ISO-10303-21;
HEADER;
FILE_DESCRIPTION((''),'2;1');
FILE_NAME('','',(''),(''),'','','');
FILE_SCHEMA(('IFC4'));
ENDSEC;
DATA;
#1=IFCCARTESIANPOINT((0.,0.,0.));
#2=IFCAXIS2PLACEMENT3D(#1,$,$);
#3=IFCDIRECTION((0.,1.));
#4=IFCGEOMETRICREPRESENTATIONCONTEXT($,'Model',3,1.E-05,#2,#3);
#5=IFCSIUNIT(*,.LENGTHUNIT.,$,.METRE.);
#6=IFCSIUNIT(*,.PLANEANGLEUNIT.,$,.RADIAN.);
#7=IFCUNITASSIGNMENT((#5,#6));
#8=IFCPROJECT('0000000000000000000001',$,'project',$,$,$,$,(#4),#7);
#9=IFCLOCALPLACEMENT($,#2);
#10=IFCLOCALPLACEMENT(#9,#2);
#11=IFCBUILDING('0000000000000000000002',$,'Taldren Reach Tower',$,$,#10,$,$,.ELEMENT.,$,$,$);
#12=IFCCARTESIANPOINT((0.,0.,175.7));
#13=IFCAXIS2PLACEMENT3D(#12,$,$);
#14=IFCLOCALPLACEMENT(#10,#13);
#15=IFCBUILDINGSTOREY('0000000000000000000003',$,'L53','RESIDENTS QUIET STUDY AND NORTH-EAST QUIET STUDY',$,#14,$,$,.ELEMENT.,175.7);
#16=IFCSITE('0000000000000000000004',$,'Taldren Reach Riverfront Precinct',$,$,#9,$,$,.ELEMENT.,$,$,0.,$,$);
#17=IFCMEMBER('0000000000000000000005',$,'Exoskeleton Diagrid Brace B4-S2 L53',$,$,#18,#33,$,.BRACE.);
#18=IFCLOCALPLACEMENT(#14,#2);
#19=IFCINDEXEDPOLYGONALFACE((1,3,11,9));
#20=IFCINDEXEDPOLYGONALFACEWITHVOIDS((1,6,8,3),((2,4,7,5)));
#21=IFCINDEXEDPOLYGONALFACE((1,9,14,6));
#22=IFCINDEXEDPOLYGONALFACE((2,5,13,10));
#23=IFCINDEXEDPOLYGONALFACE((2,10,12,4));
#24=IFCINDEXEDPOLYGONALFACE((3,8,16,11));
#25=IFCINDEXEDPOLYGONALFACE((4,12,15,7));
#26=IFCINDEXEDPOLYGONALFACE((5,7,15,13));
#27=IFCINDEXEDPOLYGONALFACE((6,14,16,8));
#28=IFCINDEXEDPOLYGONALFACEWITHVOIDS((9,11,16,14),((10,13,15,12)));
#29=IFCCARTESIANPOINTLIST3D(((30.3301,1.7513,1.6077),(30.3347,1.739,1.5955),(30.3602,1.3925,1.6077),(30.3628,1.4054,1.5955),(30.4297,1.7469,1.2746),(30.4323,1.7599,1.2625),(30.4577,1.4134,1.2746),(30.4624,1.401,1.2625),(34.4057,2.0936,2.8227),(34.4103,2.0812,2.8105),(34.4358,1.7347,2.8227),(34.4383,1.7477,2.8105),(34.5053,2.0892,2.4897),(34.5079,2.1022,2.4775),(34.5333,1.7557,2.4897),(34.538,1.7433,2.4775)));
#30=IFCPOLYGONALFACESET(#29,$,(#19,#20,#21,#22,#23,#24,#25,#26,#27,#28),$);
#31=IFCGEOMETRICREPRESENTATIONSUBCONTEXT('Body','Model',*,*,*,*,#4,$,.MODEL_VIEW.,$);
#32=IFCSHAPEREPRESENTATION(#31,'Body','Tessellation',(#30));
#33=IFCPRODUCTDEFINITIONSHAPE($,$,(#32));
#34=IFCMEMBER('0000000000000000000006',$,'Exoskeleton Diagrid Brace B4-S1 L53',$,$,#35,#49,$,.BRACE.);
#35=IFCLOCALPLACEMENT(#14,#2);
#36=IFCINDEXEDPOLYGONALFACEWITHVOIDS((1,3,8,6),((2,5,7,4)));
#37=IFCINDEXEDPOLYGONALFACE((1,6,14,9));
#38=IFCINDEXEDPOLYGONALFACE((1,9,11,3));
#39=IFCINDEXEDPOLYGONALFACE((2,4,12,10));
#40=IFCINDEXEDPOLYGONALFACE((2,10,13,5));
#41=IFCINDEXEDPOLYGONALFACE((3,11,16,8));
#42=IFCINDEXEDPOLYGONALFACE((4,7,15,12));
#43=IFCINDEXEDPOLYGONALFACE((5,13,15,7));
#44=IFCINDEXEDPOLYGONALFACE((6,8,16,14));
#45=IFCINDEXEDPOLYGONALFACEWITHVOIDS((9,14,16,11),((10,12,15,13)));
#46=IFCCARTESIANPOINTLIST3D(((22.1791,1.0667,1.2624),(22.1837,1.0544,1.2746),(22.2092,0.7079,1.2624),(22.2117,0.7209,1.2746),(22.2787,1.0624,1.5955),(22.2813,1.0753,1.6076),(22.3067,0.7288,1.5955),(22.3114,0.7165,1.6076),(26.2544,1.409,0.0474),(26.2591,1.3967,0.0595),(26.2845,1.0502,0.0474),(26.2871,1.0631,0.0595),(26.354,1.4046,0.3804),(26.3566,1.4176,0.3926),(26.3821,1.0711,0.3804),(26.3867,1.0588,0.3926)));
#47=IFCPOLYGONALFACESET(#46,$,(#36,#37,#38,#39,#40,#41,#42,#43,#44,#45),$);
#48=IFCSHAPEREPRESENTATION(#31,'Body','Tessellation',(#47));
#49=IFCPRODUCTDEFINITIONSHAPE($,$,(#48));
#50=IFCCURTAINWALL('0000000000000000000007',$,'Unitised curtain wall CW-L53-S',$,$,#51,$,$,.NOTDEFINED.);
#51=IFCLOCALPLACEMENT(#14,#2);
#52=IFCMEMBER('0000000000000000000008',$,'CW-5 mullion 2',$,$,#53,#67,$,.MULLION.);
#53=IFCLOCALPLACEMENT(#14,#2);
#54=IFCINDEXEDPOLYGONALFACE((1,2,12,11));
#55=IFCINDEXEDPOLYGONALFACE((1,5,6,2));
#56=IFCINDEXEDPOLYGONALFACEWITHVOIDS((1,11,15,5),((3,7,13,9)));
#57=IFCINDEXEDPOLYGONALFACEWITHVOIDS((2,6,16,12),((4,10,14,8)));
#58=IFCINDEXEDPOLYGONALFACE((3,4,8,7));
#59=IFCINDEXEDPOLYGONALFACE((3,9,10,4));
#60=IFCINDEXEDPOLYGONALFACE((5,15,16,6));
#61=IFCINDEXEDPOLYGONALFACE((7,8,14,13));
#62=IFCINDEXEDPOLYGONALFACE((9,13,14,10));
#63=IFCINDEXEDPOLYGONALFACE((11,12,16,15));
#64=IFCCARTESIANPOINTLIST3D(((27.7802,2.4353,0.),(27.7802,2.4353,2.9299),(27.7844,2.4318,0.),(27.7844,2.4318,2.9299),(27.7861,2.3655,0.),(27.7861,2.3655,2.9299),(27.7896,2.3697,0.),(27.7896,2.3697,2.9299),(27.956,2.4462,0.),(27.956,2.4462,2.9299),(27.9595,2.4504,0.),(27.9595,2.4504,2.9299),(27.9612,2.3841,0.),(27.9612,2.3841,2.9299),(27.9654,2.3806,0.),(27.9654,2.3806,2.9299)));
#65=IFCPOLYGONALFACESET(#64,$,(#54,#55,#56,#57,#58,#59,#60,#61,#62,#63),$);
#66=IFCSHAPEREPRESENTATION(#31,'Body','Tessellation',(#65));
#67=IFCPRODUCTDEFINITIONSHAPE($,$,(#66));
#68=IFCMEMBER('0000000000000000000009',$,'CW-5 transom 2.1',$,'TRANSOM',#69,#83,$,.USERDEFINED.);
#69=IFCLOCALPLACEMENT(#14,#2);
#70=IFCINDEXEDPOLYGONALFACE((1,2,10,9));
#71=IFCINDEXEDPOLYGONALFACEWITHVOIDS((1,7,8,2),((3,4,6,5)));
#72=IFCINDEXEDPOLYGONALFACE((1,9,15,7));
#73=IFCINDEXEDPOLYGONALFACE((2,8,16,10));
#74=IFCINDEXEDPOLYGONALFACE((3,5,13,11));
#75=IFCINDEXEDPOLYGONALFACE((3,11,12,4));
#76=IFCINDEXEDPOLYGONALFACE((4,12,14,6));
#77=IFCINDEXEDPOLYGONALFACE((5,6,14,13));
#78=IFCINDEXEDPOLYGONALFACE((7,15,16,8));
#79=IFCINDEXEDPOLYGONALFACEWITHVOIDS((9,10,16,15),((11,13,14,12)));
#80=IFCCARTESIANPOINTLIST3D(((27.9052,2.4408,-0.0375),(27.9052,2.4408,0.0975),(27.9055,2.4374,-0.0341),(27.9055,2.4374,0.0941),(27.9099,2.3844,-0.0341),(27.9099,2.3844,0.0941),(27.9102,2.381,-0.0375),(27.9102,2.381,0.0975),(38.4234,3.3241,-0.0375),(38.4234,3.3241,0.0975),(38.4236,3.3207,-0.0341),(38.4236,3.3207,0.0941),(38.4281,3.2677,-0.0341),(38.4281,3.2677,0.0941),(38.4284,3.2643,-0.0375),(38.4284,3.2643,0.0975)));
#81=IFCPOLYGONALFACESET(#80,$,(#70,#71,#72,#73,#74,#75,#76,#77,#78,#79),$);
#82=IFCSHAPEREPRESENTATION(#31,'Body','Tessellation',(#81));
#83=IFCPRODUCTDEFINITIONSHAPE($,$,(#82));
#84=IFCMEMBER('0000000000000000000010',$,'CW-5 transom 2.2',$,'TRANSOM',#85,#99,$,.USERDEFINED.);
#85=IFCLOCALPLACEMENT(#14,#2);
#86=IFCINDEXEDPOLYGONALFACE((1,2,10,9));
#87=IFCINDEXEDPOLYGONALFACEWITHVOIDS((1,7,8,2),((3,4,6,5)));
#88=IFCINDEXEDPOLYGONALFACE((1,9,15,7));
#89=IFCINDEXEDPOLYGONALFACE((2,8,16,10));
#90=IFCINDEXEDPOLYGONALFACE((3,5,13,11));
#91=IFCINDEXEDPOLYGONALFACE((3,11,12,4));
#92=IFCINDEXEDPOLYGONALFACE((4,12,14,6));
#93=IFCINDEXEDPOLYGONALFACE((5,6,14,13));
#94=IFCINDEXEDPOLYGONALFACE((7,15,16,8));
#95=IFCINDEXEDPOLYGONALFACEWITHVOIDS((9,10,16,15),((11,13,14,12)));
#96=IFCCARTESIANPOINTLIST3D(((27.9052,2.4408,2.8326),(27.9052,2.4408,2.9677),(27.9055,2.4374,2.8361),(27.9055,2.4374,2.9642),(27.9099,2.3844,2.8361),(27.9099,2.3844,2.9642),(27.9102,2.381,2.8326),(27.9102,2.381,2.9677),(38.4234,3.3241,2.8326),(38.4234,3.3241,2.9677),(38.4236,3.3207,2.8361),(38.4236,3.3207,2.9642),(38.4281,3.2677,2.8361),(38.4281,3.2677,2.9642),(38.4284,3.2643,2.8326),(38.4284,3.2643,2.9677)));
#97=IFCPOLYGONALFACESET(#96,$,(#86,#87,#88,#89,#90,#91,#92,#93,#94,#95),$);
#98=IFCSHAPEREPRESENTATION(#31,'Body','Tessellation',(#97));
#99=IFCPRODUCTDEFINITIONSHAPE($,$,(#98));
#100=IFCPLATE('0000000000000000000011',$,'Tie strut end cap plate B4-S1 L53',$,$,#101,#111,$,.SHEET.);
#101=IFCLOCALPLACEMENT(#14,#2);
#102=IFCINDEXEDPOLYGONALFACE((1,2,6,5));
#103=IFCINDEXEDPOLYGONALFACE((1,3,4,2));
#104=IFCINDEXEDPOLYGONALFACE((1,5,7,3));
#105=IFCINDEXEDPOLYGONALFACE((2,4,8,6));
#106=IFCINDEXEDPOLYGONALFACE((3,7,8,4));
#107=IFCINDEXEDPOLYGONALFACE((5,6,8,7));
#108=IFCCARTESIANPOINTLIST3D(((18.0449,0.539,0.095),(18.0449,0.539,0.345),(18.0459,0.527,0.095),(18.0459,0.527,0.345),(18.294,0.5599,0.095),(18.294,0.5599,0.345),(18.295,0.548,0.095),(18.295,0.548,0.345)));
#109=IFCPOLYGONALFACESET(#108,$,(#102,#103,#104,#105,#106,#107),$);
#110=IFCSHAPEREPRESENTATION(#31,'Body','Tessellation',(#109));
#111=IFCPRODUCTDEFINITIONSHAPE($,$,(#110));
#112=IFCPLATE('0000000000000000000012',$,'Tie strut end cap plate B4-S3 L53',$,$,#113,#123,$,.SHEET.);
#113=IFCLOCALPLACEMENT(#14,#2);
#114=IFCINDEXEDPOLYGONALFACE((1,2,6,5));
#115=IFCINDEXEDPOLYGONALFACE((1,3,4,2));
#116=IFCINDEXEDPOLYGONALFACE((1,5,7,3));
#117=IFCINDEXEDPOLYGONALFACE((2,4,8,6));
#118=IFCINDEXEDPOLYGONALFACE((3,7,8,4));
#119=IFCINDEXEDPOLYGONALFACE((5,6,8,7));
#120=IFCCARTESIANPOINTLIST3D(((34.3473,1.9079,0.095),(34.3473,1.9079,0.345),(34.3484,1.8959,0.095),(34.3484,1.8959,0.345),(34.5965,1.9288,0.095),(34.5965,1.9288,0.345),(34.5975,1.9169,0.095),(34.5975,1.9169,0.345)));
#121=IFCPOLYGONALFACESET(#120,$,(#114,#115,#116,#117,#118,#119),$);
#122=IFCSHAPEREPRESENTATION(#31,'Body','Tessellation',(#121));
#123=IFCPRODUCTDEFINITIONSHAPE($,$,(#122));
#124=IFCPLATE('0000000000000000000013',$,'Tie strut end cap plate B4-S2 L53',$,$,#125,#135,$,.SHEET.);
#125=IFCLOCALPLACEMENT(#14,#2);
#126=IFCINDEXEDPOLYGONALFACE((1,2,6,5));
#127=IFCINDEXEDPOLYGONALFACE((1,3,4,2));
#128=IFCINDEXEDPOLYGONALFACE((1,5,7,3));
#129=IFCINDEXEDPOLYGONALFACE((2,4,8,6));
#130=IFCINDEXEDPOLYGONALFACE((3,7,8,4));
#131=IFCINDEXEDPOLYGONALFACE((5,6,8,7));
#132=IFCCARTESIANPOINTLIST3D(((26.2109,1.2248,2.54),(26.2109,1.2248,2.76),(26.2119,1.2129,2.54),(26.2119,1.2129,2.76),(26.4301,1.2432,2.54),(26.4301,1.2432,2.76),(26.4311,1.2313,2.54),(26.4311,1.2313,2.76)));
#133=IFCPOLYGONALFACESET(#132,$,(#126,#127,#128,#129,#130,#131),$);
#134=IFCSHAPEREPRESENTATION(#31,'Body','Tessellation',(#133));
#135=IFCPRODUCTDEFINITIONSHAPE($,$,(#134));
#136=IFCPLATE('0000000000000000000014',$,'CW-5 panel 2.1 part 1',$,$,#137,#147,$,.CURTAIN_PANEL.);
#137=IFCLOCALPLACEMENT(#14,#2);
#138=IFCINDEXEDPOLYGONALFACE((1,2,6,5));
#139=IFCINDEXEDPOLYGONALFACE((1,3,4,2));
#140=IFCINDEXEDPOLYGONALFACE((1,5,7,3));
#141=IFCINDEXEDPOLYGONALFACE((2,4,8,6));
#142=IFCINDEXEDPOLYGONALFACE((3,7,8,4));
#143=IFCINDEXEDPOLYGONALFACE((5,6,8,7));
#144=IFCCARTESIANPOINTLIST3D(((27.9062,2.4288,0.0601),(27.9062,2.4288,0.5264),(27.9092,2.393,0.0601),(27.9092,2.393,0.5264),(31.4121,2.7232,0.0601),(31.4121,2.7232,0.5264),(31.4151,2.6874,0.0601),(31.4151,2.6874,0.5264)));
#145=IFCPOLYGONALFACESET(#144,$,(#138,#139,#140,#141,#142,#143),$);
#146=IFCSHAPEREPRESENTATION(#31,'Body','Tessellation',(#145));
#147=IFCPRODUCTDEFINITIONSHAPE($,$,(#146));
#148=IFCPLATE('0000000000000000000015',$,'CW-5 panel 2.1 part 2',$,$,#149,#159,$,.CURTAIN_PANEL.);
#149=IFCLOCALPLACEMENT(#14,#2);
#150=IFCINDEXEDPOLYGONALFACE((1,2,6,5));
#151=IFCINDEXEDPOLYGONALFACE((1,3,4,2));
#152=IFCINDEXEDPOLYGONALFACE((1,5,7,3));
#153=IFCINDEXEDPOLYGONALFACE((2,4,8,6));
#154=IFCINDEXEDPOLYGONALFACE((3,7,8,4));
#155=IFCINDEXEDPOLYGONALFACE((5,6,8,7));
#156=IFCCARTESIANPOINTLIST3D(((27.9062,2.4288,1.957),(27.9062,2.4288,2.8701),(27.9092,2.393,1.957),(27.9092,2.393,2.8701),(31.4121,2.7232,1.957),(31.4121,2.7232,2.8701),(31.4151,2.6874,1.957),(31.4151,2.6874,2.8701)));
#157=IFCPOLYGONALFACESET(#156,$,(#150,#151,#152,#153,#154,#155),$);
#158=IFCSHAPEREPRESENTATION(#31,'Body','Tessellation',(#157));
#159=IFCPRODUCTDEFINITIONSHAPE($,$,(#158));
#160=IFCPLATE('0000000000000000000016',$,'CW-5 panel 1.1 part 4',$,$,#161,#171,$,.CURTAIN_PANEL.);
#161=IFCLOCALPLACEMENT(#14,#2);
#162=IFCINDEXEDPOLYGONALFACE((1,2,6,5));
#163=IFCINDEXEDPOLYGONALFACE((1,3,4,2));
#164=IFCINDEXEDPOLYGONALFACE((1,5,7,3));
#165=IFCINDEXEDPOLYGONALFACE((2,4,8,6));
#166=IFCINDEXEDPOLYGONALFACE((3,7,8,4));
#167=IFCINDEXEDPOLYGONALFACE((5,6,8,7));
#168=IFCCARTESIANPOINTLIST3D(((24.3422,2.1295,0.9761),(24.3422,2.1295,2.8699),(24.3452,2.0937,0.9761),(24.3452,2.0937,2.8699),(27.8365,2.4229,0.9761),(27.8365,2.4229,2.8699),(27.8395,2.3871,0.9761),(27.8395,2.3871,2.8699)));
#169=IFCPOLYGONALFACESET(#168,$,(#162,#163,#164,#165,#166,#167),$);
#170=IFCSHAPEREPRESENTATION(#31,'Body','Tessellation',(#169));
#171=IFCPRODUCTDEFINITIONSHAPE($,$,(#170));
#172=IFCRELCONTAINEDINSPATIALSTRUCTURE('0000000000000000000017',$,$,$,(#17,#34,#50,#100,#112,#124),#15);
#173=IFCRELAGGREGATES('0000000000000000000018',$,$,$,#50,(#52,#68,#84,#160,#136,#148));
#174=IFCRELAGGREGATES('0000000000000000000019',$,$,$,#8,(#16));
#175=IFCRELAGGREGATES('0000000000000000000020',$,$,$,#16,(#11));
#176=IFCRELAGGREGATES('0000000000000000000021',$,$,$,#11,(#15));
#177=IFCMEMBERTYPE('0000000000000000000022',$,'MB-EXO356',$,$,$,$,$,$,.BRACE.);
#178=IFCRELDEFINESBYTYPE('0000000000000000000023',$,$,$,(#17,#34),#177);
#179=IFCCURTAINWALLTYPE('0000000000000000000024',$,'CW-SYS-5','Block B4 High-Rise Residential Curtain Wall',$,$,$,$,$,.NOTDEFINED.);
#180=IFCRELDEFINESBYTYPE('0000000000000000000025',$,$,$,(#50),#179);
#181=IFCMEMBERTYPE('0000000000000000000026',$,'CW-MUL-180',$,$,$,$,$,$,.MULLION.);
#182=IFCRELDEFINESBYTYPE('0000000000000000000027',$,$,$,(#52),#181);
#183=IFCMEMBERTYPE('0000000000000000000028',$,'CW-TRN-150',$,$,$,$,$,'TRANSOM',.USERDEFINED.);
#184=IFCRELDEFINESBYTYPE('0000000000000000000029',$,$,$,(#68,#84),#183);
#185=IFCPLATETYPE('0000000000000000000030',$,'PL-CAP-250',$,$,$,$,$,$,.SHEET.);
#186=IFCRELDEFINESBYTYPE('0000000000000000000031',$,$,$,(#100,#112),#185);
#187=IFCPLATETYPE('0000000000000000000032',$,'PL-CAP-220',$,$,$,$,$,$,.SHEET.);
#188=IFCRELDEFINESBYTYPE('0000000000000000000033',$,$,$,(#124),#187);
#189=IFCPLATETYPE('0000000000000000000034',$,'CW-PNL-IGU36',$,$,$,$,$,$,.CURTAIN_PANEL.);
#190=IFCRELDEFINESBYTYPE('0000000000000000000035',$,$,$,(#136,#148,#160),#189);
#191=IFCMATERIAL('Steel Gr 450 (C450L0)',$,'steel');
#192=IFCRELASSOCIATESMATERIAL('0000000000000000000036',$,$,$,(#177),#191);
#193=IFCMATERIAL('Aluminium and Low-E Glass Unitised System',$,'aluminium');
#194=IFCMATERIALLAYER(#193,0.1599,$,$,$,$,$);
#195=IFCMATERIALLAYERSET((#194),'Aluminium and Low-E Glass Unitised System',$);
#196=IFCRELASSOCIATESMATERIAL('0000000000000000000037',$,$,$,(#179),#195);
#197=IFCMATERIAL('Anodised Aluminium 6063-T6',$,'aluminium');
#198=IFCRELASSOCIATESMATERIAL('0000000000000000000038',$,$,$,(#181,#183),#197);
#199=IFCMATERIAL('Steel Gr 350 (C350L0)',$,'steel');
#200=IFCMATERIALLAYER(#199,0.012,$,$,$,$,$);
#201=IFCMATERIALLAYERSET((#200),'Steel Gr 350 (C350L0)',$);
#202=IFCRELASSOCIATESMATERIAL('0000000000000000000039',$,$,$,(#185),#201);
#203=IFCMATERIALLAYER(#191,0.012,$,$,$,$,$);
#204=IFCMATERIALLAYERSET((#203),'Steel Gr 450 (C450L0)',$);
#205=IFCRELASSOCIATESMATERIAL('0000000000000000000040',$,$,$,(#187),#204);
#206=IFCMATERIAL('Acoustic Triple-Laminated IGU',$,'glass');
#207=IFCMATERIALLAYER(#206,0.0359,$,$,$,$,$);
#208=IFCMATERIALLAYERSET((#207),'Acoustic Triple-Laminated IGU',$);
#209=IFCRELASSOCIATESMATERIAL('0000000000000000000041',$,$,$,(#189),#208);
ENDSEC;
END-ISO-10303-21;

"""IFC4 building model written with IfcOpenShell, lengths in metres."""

from ifc_helpers import new_model, si_unit, direction, frame, origin, origin_2d, place, context, subcontext, project, spatial, rectangle, hollow_rectangle, extrude, source, transform, mapped, material, layer, layer_set, material_profile, profile_set, type_object, element, aggregate, save


model = new_model("IFC4")

# Units and contexts
model_context = context("Model", 3, precision=1e-05, world=origin(), true_north=direction((0.0, 1.0)))
body_context = subcontext(model_context, "Body", "Model", "MODEL_VIEW")
ifc_project = project(units=[si_unit("LENGTHUNIT", "METRE"), si_unit("PLANEANGLEUNIT", "RADIAN")], contexts=[model_context])

# Site, building, storey
site_placement = place(None, origin())
site = spatial("IfcSite", under=ifc_project, at=site_placement, Name="Taldren Reach Riverfront Precinct", CompositionType="ELEMENT", RefElevation=0.0)
building_placement = place(site_placement, origin())
building = spatial("IfcBuilding", under=site, at=building_placement, Name="Taldren Reach Tower", CompositionType="ELEMENT")
storey_placement = place(building_placement, frame((0.0, 0.0, 175.7)))
storey = spatial("IfcBuildingStorey", under=building, at=storey_placement, Name="L53", Description="RESIDENTS QUIET STUDY AND NORTH-EAST QUIET STUDY", CompositionType="ELEMENT", Elevation=175.7)

# Shared definitions
ifc_material_1 = material(Name="Steel Gr 350 (C350L0)", Category="steel")

# Members
ifc_material_2 = material(Name="Steel Gr 450 (C450L0)", Category="steel")
ifc_material_profile_1 = material_profile(ifc_material_2, hollow_rectangle(XDim=0.3601, YDim=0.3601, WallThickness=0.0127, at=origin_2d()), Name="360x360x12.7SHS")
ifc_profile_set_1 = profile_set([ifc_material_profile_1], Name="Steel Gr 450 (C450L0)")
member_type_1 = type_object("IfcMemberType", Name="MB-EXO356", PredefinedType="BRACE", material=ifc_profile_set_1)
shared_shape_1 = source(origin(), body_context, "Body", "SweptSolid", [
    extrude(hollow_rectangle(XDim=0.3601, YDim=0.3601, WallThickness=0.0127, at=origin_2d()), origin(), (0.0, 0.0, 1.0), 4.2666),
])
for number, where, z_axis, x_axis, name in (
    (1, (30.3962, 1.5762, 1.4351), (0.955229, 0.080222, 0.284783), (-0.083688, 0.996492, 0.0), "Exoskeleton Diagrid Brace B4-S2 L53"),
):
    element("IfcMember", number, at=place(storey_placement, frame(where, z_axis=z_axis, x_axis=x_axis)), inside=storey, type_object=member_type_1, Name=name, PredefinedType="BRACE", context=body_context, shape_type="MappedRepresentation", body=[
        mapped(shared_shape_1, transform((0.0, 0.0, 0.0), scale=1.0)),
    ])
shared_shape_2 = source(origin(), body_context, "Body", "SweptSolid", [
    extrude(hollow_rectangle(XDim=0.3601, YDim=0.3601, WallThickness=0.0127, at=origin_2d()), origin(), (0.0, 0.0, 1.0), 4.2664),
])
member_1_placement = place(storey_placement, frame((26.3206, 1.2339, 0.22), z_axis=(-0.955224, -0.080227, 0.284799), x_axis=(0.083693, -0.996492, 0.0)))
element("IfcMember", 2, at=member_1_placement, inside=storey, type_object=member_type_1, Name="Exoskeleton Diagrid Brace B4-S1 L53", PredefinedType="BRACE", context=body_context, shape_type="MappedRepresentation", body=[
    mapped(shared_shape_2, transform((0.0, 0.0, 0.0), scale=1.0)),
])

# Curtain wall, members
ifc_material_3 = material(Name="Aluminium and Low-E Glass Unitised System", Category="aluminium")
ifc_layer_1 = layer(ifc_material_3, 0.1599)
ifc_layer_set_1 = layer_set([ifc_layer_1], Name="Aluminium and Low-E Glass Unitised System")
curtain_wall_type = type_object("IfcCurtainWallType", Name="CW-SYS-5", Description="Block B4 High-Rise Residential Curtain Wall", PredefinedType="NOTDEFINED", material=ifc_layer_set_1)
curtain_wall_placement = place(storey_placement, origin())
curtain_wall = element("IfcCurtainWall", 3, at=curtain_wall_placement, inside=storey, type_object=curtain_wall_type, Name="Unitised curtain wall CW-L53-S", PredefinedType="NOTDEFINED")
ifc_material_4 = material(Name="Anodised Aluminium 6063-T6", Category="aluminium")
ifc_material_profile_2 = material_profile(ifc_material_4, hollow_rectangle(XDim=0.0701, YDim=0.1799, WallThickness=0.0039, at=origin_2d()), Name="ALU-180x70x4RHS")
ifc_profile_set_2 = profile_set([ifc_material_profile_2], Name="Anodised Aluminium 6063-T6")
member_type_2 = type_object("IfcMemberType", Name="CW-MUL-180", PredefinedType="MULLION", material=ifc_profile_set_2)
shared_shape_3 = source(origin(), body_context, "Body", "SweptSolid", [
    extrude(hollow_rectangle(XDim=0.0701, YDim=0.1799, WallThickness=0.0039, at=origin_2d()), origin(), (0.0, 0.0, 1.0), 2.9299),
])
member_2_placement = place(storey_placement, frame((27.8728, 2.408, 0.0), z_axis=(0.0, 0.0, 1.0), x_axis=(-0.083678, 0.996493, 0.0)))
member_2 = element("IfcMember", 4, at=member_2_placement, type_object=member_type_2, Name="CW-5 mullion 2", PredefinedType="MULLION", context=body_context, shape_type="MappedRepresentation", body=[
    mapped(shared_shape_3, transform((0.0, 0.0, 0.0), scale=1.0)),
])
ifc_material_profile_3 = material_profile(ifc_material_4, hollow_rectangle(XDim=0.0601, YDim=0.135, WallThickness=0.0034, at=origin_2d()), Name="ALU-135x60x3.5RHS")
ifc_profile_set_3 = profile_set([ifc_material_profile_3], Name="Anodised Aluminium 6063-T6")
member_type_3 = type_object("IfcMemberType", Name="CW-TRN-150", ElementType="TRANSOM", PredefinedType="USERDEFINED", material=ifc_profile_set_3)
shared_shape_4 = source(origin(), body_context, "Body", "SweptSolid", [
    extrude(hollow_rectangle(XDim=0.0601, YDim=0.135, WallThickness=0.0034, at=origin_2d()), origin(), (0.0, 0.0, 1.0), 10.5552),
])
member_3_placement = place(storey_placement, frame((27.9077, 2.4109, 0.03), z_axis=(0.996492, 0.083685, 0.0), x_axis=(-0.083685, 0.996492, 0.0)))
member_3 = element("IfcMember", 5, at=member_3_placement, type_object=member_type_3, Name="CW-5 transom 2.1", ObjectType="TRANSOM", PredefinedType="USERDEFINED", context=body_context, shape_type="MappedRepresentation", body=[
    mapped(shared_shape_4, transform((0.0, 0.0, 0.0), scale=1.0)),
])
member_4_placement = place(storey_placement, frame((27.9077, 2.4109, 2.9001), z_axis=(0.996492, 0.083685, 0.0), x_axis=(-0.083685, 0.996492, 0.0)))
member_4 = element("IfcMember", 6, at=member_4_placement, type_object=member_type_3, Name="CW-5 transom 2.2", ObjectType="TRANSOM", PredefinedType="USERDEFINED", context=body_context, shape_type="MappedRepresentation", body=[
    mapped(shared_shape_4, transform((0.0, 0.0, 0.0), scale=1.0)),
])

# Plates
ifc_layer_2 = layer(ifc_material_1, 0.012)
ifc_layer_set_2 = layer_set([ifc_layer_2], Name="Steel Gr 350 (C350L0)")
plate_type_1 = type_object("IfcPlateType", Name="PL-CAP-250", PredefinedType="SHEET", material=ifc_layer_set_2)
shared_shape_5 = source(origin(), body_context, "Body", "SweptSolid", [
    extrude(rectangle(XDim=0.25, YDim=0.012, at=origin_2d()), origin(), (0.0, 0.0, 1.0), 0.25),
])
for number, where, z_axis, x_axis, name in (
    (7, (18.1699, 0.5435, 0.095), (0.0, 0.0, 1.0), (0.996493, 0.083678, 0.0), "Tie strut end cap plate B4-S1 L53"),
    (8, (34.4724, 1.9124, 0.095), (0.0, 0.0, 1.0), (0.996493, 0.083678, 0.0), "Tie strut end cap plate B4-S3 L53"),
):
    element("IfcPlate", number, at=place(storey_placement, frame(where, z_axis=z_axis, x_axis=x_axis)), inside=storey, type_object=plate_type_1, Name=name, PredefinedType="SHEET", context=body_context, shape_type="MappedRepresentation", body=[
        mapped(shared_shape_5, transform((0.0, 0.0, 0.0), scale=1.0)),
    ])
ifc_layer_3 = layer(ifc_material_2, 0.012)
ifc_layer_set_3 = layer_set([ifc_layer_3], Name="Steel Gr 450 (C450L0)")
plate_type_2 = type_object("IfcPlateType", Name="PL-CAP-220", PredefinedType="SHEET", material=ifc_layer_set_3)
shared_shape_6 = source(origin(), body_context, "Body", "SweptSolid", [
    extrude(rectangle(XDim=0.22, YDim=0.012, at=origin_2d()), origin(), (0.0, 0.0, 1.0), 0.22),
])
plate_1_placement = place(storey_placement, frame((26.321, 1.228, 2.54), z_axis=(0.0, 0.0, 1.0), x_axis=(0.996493, 0.083678, 0.0)))
element("IfcPlate", 9, at=plate_1_placement, inside=storey, type_object=plate_type_2, Name="Tie strut end cap plate B4-S2 L53", PredefinedType="SHEET", context=body_context, shape_type="MappedRepresentation", body=[
    mapped(shared_shape_6, transform((0.0, 0.0, 0.0), scale=1.0)),
])

# Plates
ifc_material_5 = material(Name="Acoustic Triple-Laminated IGU", Category="glass")
ifc_layer_4 = layer(ifc_material_5, 0.0359)
ifc_layer_set_4 = layer_set([ifc_layer_4], Name="Acoustic Triple-Laminated IGU")
plate_type_3 = type_object("IfcPlateType", Name="CW-PNL-IGU36", PredefinedType="CURTAIN_PANEL", material=ifc_layer_set_4)
shared_shape_7 = source(origin(), body_context, "Body", "SweptSolid", [
    extrude(rectangle(XDim=3.5183, YDim=0.0359, at=origin_2d()), origin(), (0.0, 0.0, 1.0), 0.4663),
])
plate_2_placement = place(storey_placement, frame((29.6606, 2.5581, 0.0601), z_axis=(0.0, 0.0, 1.0), x_axis=(0.996493, 0.083678, 0.0)))
plate_2 = element("IfcPlate", 10, at=plate_2_placement, type_object=plate_type_3, Name="CW-5 panel 2.1 part 1", PredefinedType="CURTAIN_PANEL", context=body_context, shape_type="MappedRepresentation", body=[
    mapped(shared_shape_7, transform((0.0, 0.0, 0.0), scale=1.0)),
])
shared_shape_8 = source(origin(), body_context, "Body", "SweptSolid", [
    extrude(rectangle(XDim=3.5183, YDim=0.0359, at=origin_2d()), origin(), (0.0, 0.0, 1.0), 0.9131),
])
plate_3_placement = place(storey_placement, frame((29.6606, 2.5581, 1.957), z_axis=(0.0, 0.0, 1.0), x_axis=(0.996493, 0.083678, 0.0)))
plate_3 = element("IfcPlate", 11, at=plate_3_placement, type_object=plate_type_3, Name="CW-5 panel 2.1 part 2", PredefinedType="CURTAIN_PANEL", context=body_context, shape_type="MappedRepresentation", body=[
    mapped(shared_shape_8, transform((0.0, 0.0, 0.0), scale=1.0)),
])
shared_shape_9 = source(origin(), body_context, "Body", "SweptSolid", [
    extrude(rectangle(XDim=3.5066, YDim=0.0359, at=origin_2d()), origin(), (0.0, 0.0, 1.0), 1.8938),
])
plate_4_placement = place(storey_placement, frame((26.0908, 2.2583, 0.9761), z_axis=(0.0, 0.0, 1.0), x_axis=(0.996493, 0.083678, 0.0)))
plate_4 = element("IfcPlate", 12, at=plate_4_placement, type_object=plate_type_3, Name="CW-5 panel 1.1 part 4", PredefinedType="CURTAIN_PANEL", context=body_context, shape_type="MappedRepresentation", body=[
    mapped(shared_shape_9, transform((0.0, 0.0, 0.0), scale=1.0)),
])
aggregate(curtain_wall, [member_2, member_3, member_4, plate_4, plate_2, plate_3])

save(model, "model.ifc")
